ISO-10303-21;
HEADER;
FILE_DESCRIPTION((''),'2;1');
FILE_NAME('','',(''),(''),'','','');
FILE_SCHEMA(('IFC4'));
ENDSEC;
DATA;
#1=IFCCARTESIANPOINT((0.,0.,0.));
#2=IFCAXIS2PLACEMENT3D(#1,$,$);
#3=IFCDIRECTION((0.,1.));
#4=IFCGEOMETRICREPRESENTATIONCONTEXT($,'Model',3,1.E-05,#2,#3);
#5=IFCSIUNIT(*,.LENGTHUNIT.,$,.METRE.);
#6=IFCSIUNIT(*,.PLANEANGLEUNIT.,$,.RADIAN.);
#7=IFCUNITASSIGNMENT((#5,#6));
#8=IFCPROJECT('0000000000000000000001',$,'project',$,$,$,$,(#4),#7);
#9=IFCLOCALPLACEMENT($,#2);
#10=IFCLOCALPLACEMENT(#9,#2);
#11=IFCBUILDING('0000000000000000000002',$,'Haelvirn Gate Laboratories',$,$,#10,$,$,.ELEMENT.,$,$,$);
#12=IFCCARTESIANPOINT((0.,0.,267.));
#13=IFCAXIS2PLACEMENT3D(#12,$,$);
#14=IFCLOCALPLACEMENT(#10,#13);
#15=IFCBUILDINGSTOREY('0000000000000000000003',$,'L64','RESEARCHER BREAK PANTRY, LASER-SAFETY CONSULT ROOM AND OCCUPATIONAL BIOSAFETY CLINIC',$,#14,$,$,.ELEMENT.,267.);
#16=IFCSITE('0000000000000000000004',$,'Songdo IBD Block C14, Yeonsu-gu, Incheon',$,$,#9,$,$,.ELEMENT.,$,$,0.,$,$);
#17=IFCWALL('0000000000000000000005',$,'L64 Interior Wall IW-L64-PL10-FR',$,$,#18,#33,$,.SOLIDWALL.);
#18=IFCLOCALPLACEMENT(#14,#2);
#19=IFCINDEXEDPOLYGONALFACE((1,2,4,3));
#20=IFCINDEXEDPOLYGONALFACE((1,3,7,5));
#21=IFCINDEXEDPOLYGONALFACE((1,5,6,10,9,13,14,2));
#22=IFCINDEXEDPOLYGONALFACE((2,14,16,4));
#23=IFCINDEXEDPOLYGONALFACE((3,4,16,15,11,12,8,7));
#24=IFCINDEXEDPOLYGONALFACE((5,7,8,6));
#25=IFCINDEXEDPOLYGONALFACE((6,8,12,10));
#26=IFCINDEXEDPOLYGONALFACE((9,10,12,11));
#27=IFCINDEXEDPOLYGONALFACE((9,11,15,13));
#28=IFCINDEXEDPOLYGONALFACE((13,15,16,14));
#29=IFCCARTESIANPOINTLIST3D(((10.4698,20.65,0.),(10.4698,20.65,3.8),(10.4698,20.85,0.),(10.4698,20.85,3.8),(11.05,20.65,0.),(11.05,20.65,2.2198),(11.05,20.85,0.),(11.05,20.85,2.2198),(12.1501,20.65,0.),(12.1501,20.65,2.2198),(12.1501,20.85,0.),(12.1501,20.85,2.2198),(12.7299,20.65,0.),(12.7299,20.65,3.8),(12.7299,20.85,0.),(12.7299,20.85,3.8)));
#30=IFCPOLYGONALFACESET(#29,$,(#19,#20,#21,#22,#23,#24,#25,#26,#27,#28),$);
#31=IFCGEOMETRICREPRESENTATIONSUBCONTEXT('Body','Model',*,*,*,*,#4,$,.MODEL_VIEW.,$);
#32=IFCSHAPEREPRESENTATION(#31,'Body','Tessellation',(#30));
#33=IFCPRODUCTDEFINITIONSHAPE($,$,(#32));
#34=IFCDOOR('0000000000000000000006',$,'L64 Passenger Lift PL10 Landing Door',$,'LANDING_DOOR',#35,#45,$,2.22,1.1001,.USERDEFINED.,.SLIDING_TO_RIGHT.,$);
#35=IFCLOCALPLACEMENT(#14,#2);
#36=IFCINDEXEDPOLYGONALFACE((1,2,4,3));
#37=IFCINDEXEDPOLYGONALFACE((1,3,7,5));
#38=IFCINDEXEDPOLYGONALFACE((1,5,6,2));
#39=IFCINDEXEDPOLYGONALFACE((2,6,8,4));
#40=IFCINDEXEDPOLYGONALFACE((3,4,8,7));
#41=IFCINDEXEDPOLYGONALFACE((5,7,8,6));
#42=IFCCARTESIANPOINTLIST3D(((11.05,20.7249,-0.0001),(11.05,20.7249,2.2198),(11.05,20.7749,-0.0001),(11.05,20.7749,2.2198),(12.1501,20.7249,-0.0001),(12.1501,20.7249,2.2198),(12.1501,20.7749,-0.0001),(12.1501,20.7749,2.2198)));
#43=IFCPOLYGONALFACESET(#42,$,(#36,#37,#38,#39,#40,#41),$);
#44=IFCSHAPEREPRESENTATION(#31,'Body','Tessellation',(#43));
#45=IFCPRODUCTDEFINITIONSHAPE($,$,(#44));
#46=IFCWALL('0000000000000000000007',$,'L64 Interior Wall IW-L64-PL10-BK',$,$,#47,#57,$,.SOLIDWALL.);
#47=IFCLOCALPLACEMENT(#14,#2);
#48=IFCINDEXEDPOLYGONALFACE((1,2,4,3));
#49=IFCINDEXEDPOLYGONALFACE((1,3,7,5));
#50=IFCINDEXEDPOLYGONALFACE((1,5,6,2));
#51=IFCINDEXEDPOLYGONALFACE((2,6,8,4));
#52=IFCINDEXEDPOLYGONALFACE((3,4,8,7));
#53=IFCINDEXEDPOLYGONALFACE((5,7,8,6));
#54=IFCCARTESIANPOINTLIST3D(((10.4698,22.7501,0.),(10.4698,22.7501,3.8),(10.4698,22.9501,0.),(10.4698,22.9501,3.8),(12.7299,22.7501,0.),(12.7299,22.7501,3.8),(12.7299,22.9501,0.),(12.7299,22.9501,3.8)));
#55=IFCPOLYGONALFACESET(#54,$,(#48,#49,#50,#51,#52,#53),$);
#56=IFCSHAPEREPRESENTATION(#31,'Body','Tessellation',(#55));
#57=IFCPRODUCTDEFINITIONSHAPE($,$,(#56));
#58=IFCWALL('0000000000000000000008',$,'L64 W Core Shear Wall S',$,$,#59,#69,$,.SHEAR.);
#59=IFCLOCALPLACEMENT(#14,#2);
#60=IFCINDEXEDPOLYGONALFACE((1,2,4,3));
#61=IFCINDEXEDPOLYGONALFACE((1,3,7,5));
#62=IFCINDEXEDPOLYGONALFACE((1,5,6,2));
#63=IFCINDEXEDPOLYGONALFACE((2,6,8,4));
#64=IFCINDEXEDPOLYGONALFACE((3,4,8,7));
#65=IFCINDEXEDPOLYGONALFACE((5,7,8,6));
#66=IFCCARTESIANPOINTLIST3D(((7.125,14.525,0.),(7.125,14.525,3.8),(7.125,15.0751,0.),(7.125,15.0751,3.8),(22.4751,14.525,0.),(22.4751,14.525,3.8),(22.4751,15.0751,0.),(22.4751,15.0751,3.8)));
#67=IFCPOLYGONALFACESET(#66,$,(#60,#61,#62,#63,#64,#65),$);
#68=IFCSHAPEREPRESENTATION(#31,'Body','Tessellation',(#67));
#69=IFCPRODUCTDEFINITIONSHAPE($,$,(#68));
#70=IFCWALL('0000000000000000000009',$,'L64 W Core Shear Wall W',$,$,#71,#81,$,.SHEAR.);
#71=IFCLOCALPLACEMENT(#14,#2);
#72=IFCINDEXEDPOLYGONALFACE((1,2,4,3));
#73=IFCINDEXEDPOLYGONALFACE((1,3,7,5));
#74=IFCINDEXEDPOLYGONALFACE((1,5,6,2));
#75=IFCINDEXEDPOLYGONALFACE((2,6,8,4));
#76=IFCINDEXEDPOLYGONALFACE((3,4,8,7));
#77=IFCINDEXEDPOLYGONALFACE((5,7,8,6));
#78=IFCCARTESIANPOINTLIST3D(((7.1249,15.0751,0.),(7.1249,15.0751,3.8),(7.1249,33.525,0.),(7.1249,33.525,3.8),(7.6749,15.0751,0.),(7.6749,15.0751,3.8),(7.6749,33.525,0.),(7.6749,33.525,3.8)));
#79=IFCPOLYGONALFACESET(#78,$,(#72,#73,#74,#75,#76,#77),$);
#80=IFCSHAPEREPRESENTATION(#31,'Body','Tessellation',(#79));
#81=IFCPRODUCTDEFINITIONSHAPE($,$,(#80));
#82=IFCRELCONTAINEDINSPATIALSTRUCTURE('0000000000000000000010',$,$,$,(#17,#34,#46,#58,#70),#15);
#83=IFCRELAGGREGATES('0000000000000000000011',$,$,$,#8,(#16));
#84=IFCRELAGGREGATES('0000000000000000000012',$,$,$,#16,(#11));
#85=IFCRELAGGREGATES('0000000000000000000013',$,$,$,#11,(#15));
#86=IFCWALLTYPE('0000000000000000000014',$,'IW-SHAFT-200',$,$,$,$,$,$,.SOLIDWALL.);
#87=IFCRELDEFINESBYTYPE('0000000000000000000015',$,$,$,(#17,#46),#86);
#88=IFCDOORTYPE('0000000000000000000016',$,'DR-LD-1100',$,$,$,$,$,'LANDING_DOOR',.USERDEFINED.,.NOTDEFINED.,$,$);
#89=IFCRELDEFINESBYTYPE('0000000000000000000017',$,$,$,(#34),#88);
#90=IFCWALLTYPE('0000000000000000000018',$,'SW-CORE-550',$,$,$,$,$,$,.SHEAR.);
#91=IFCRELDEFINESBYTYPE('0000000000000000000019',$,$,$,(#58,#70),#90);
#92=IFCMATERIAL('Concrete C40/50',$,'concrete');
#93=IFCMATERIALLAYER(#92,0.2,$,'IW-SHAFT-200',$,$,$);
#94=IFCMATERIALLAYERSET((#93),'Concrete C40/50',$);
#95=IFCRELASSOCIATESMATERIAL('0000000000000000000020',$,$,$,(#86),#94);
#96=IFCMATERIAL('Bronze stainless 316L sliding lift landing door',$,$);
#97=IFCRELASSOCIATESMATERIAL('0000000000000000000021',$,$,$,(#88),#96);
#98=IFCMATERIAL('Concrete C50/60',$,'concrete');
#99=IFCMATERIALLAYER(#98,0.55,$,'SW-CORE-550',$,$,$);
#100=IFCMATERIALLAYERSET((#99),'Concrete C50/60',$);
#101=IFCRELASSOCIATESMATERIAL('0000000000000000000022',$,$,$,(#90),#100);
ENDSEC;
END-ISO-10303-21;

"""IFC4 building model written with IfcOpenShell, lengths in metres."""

from ifc_helpers import new_model, si_unit, direction, frame, frame_2d, origin, place, context, subcontext, project, spatial, rectangle, extrude, source, transform, mapped, material, layer, layer_set, type_object, type_shapes, element, fill, save


model = new_model("IFC4")

# Units and contexts
model_context = context("Model", 3, precision=1e-05, world=origin(), true_north=direction((0.0, 1.0)))
body_context = subcontext(model_context, "Body", "Model", "MODEL_VIEW")
ifc_project = project(units=[si_unit("LENGTHUNIT", "METRE"), si_unit("PLANEANGLEUNIT", "RADIAN")], contexts=[model_context])

# Site, building, storey
site_placement = place(None, origin())
site = spatial("IfcSite", under=ifc_project, at=site_placement, Name="Songdo IBD Block C14, Yeonsu-gu, Incheon", CompositionType="ELEMENT", RefElevation=0.0)
building_placement = place(site_placement, origin())
building = spatial("IfcBuilding", under=site, at=building_placement, Name="Haelvirn Gate Laboratories", CompositionType="ELEMENT")
storey_placement = place(building_placement, frame((0.0, 0.0, 267.0)))
storey = spatial("IfcBuildingStorey", under=building, at=storey_placement, Name="L64", Description="RESEARCHER BREAK PANTRY, LASER-SAFETY CONSULT ROOM AND OCCUPATIONAL BIOSAFETY CLINIC", CompositionType="ELEMENT", Elevation=267.0)

# Shared definitions
ifc_material_1 = material(Name="Concrete C50/60", Category="concrete")

# Shared definitions
ifc_material_2 = material(Name="Concrete C40/50", Category="concrete")

# Shared definitions
ifc_layer_1 = layer(ifc_material_2, 0.2, Name="IW-SHAFT-200")
ifc_layer_set_1 = layer_set([ifc_layer_1], Name="Concrete C40/50")
wall_type_1 = type_object("IfcWallType", Name="IW-SHAFT-200", PredefinedType="SOLIDWALL", material=ifc_layer_set_1)
ifc_material_3 = material(Name="Bronze stainless 316L sliding lift landing door")
door_type_1 = type_object("IfcDoorType", Name="DR-LD-1100", ElementType="LANDING_DOOR", OperationType="NOTDEFINED", PredefinedType="USERDEFINED", material=ifc_material_3)
shared_shape_1 = source(origin(), body_context, "Body", "SweptSolid", [
    extrude(rectangle(XDim=1.1001, YDim=2.22, at=frame_2d((0.55, 1.1099))), frame((0.0, 0.0249, 0.0), z_axis=(0.0, -1.0, 0.0), x_axis=(1.0, 0.0, 0.0)), (0.0, 0.0, 1.0), 0.05),
])
type_shapes(door_type_1, [shared_shape_1])

# Wall, opening, door
wall_1_placement = place(storey_placement, frame((10.47, 20.75, 0.0), z_axis=(0.0, 0.0, 1.0), x_axis=(1.0, 0.0, 0.0)))
wall_1 = element("IfcWall", 1, at=wall_1_placement, inside=storey, type_object=wall_type_1, Name="L64 Interior Wall IW-L64-PL10-FR", PredefinedType="SOLIDWALL", context=body_context, shape_type="SweptSolid", body=[
    extrude(rectangle(XDim=2.26, YDim=0.2, at=frame_2d((1.1299, 0.0))), origin(), (0.0, 0.0, 1.0), 3.8),
])
opening_1_placement = place(wall_1_placement, frame((0.5801, 0.0, 0.0)))
opening_1 = element("IfcOpeningElement", 2, at=opening_1_placement, cuts=wall_1, PredefinedType="OPENING", context=body_context, shape_type="SweptSolid", body=[
    extrude(rectangle(XDim=1.1001, YDim=2.22, at=frame_2d((0.55, 1.1099))), frame((0.0, 0.1099, 0.0), z_axis=(0.0, -1.0, 0.0), x_axis=(1.0, 0.0, 0.0)), (0.0, 0.0, 1.0), 0.22),
])
door_1_placement = place(opening_1_placement, origin())
door_1 = element("IfcDoor", 3, at=door_1_placement, inside=storey, type_object=door_type_1, Name="L64 Passenger Lift PL10 Landing Door", ObjectType="LANDING_DOOR", OperationType="SLIDING_TO_RIGHT", OverallHeight=2.22, OverallWidth=1.1001, PredefinedType="USERDEFINED", context=body_context, shape_type="MappedRepresentation", body=[
    mapped(shared_shape_1, transform((0.0, 0.0, 0.0), scale=1.0)),
])
fill(opening_1, door_1)

# Walls
wall_2_placement = place(storey_placement, frame((10.47, 22.8501, 0.0), z_axis=(0.0, 0.0, 1.0), x_axis=(1.0, 0.0, 0.0)))
element("IfcWall", 4, at=wall_2_placement, inside=storey, type_object=wall_type_1, Name="L64 Interior Wall IW-L64-PL10-BK", PredefinedType="SOLIDWALL", context=body_context, shape_type="SweptSolid", body=[
    extrude(rectangle(XDim=2.26, YDim=0.2, at=frame_2d((1.1299, 0.0))), origin(), (0.0, 0.0, 1.0), 3.8),
])
ifc_layer_2 = layer(ifc_material_1, 0.55, Name="SW-CORE-550")
ifc_layer_set_2 = layer_set([ifc_layer_2], Name="Concrete C50/60")
wall_type_2 = type_object("IfcWallType", Name="SW-CORE-550", PredefinedType="SHEAR", material=ifc_layer_set_2)
wall_3_placement = place(storey_placement, frame((7.125, 14.8, 0.0), z_axis=(0.0, 0.0, 1.0), x_axis=(1.0, 0.0, 0.0)))
element("IfcWall", 5, at=wall_3_placement, inside=storey, type_object=wall_type_2, Name="L64 W Core Shear Wall S", PredefinedType="SHEAR", context=body_context, shape_type="SweptSolid", body=[
    extrude(rectangle(XDim=15.3501, YDim=0.55, at=frame_2d((7.675, 0.0))), origin(), (0.0, 0.0, 1.0), 3.8),
])
wall_4_placement = place(storey_placement, frame((7.3999, 15.075, 0.0), z_axis=(0.0, 0.0, 1.0), x_axis=(0.0, 1.0, 0.0)))
element("IfcWall", 6, at=wall_4_placement, inside=storey, type_object=wall_type_2, Name="L64 W Core Shear Wall W", PredefinedType="SHEAR", context=body_context, shape_type="SweptSolid", body=[
    extrude(rectangle(XDim=18.45, YDim=0.55, at=frame_2d((9.2251, 0.0))), origin(), (0.0, 0.0, 1.0), 3.8),
])

save(model, "model.ifc")
